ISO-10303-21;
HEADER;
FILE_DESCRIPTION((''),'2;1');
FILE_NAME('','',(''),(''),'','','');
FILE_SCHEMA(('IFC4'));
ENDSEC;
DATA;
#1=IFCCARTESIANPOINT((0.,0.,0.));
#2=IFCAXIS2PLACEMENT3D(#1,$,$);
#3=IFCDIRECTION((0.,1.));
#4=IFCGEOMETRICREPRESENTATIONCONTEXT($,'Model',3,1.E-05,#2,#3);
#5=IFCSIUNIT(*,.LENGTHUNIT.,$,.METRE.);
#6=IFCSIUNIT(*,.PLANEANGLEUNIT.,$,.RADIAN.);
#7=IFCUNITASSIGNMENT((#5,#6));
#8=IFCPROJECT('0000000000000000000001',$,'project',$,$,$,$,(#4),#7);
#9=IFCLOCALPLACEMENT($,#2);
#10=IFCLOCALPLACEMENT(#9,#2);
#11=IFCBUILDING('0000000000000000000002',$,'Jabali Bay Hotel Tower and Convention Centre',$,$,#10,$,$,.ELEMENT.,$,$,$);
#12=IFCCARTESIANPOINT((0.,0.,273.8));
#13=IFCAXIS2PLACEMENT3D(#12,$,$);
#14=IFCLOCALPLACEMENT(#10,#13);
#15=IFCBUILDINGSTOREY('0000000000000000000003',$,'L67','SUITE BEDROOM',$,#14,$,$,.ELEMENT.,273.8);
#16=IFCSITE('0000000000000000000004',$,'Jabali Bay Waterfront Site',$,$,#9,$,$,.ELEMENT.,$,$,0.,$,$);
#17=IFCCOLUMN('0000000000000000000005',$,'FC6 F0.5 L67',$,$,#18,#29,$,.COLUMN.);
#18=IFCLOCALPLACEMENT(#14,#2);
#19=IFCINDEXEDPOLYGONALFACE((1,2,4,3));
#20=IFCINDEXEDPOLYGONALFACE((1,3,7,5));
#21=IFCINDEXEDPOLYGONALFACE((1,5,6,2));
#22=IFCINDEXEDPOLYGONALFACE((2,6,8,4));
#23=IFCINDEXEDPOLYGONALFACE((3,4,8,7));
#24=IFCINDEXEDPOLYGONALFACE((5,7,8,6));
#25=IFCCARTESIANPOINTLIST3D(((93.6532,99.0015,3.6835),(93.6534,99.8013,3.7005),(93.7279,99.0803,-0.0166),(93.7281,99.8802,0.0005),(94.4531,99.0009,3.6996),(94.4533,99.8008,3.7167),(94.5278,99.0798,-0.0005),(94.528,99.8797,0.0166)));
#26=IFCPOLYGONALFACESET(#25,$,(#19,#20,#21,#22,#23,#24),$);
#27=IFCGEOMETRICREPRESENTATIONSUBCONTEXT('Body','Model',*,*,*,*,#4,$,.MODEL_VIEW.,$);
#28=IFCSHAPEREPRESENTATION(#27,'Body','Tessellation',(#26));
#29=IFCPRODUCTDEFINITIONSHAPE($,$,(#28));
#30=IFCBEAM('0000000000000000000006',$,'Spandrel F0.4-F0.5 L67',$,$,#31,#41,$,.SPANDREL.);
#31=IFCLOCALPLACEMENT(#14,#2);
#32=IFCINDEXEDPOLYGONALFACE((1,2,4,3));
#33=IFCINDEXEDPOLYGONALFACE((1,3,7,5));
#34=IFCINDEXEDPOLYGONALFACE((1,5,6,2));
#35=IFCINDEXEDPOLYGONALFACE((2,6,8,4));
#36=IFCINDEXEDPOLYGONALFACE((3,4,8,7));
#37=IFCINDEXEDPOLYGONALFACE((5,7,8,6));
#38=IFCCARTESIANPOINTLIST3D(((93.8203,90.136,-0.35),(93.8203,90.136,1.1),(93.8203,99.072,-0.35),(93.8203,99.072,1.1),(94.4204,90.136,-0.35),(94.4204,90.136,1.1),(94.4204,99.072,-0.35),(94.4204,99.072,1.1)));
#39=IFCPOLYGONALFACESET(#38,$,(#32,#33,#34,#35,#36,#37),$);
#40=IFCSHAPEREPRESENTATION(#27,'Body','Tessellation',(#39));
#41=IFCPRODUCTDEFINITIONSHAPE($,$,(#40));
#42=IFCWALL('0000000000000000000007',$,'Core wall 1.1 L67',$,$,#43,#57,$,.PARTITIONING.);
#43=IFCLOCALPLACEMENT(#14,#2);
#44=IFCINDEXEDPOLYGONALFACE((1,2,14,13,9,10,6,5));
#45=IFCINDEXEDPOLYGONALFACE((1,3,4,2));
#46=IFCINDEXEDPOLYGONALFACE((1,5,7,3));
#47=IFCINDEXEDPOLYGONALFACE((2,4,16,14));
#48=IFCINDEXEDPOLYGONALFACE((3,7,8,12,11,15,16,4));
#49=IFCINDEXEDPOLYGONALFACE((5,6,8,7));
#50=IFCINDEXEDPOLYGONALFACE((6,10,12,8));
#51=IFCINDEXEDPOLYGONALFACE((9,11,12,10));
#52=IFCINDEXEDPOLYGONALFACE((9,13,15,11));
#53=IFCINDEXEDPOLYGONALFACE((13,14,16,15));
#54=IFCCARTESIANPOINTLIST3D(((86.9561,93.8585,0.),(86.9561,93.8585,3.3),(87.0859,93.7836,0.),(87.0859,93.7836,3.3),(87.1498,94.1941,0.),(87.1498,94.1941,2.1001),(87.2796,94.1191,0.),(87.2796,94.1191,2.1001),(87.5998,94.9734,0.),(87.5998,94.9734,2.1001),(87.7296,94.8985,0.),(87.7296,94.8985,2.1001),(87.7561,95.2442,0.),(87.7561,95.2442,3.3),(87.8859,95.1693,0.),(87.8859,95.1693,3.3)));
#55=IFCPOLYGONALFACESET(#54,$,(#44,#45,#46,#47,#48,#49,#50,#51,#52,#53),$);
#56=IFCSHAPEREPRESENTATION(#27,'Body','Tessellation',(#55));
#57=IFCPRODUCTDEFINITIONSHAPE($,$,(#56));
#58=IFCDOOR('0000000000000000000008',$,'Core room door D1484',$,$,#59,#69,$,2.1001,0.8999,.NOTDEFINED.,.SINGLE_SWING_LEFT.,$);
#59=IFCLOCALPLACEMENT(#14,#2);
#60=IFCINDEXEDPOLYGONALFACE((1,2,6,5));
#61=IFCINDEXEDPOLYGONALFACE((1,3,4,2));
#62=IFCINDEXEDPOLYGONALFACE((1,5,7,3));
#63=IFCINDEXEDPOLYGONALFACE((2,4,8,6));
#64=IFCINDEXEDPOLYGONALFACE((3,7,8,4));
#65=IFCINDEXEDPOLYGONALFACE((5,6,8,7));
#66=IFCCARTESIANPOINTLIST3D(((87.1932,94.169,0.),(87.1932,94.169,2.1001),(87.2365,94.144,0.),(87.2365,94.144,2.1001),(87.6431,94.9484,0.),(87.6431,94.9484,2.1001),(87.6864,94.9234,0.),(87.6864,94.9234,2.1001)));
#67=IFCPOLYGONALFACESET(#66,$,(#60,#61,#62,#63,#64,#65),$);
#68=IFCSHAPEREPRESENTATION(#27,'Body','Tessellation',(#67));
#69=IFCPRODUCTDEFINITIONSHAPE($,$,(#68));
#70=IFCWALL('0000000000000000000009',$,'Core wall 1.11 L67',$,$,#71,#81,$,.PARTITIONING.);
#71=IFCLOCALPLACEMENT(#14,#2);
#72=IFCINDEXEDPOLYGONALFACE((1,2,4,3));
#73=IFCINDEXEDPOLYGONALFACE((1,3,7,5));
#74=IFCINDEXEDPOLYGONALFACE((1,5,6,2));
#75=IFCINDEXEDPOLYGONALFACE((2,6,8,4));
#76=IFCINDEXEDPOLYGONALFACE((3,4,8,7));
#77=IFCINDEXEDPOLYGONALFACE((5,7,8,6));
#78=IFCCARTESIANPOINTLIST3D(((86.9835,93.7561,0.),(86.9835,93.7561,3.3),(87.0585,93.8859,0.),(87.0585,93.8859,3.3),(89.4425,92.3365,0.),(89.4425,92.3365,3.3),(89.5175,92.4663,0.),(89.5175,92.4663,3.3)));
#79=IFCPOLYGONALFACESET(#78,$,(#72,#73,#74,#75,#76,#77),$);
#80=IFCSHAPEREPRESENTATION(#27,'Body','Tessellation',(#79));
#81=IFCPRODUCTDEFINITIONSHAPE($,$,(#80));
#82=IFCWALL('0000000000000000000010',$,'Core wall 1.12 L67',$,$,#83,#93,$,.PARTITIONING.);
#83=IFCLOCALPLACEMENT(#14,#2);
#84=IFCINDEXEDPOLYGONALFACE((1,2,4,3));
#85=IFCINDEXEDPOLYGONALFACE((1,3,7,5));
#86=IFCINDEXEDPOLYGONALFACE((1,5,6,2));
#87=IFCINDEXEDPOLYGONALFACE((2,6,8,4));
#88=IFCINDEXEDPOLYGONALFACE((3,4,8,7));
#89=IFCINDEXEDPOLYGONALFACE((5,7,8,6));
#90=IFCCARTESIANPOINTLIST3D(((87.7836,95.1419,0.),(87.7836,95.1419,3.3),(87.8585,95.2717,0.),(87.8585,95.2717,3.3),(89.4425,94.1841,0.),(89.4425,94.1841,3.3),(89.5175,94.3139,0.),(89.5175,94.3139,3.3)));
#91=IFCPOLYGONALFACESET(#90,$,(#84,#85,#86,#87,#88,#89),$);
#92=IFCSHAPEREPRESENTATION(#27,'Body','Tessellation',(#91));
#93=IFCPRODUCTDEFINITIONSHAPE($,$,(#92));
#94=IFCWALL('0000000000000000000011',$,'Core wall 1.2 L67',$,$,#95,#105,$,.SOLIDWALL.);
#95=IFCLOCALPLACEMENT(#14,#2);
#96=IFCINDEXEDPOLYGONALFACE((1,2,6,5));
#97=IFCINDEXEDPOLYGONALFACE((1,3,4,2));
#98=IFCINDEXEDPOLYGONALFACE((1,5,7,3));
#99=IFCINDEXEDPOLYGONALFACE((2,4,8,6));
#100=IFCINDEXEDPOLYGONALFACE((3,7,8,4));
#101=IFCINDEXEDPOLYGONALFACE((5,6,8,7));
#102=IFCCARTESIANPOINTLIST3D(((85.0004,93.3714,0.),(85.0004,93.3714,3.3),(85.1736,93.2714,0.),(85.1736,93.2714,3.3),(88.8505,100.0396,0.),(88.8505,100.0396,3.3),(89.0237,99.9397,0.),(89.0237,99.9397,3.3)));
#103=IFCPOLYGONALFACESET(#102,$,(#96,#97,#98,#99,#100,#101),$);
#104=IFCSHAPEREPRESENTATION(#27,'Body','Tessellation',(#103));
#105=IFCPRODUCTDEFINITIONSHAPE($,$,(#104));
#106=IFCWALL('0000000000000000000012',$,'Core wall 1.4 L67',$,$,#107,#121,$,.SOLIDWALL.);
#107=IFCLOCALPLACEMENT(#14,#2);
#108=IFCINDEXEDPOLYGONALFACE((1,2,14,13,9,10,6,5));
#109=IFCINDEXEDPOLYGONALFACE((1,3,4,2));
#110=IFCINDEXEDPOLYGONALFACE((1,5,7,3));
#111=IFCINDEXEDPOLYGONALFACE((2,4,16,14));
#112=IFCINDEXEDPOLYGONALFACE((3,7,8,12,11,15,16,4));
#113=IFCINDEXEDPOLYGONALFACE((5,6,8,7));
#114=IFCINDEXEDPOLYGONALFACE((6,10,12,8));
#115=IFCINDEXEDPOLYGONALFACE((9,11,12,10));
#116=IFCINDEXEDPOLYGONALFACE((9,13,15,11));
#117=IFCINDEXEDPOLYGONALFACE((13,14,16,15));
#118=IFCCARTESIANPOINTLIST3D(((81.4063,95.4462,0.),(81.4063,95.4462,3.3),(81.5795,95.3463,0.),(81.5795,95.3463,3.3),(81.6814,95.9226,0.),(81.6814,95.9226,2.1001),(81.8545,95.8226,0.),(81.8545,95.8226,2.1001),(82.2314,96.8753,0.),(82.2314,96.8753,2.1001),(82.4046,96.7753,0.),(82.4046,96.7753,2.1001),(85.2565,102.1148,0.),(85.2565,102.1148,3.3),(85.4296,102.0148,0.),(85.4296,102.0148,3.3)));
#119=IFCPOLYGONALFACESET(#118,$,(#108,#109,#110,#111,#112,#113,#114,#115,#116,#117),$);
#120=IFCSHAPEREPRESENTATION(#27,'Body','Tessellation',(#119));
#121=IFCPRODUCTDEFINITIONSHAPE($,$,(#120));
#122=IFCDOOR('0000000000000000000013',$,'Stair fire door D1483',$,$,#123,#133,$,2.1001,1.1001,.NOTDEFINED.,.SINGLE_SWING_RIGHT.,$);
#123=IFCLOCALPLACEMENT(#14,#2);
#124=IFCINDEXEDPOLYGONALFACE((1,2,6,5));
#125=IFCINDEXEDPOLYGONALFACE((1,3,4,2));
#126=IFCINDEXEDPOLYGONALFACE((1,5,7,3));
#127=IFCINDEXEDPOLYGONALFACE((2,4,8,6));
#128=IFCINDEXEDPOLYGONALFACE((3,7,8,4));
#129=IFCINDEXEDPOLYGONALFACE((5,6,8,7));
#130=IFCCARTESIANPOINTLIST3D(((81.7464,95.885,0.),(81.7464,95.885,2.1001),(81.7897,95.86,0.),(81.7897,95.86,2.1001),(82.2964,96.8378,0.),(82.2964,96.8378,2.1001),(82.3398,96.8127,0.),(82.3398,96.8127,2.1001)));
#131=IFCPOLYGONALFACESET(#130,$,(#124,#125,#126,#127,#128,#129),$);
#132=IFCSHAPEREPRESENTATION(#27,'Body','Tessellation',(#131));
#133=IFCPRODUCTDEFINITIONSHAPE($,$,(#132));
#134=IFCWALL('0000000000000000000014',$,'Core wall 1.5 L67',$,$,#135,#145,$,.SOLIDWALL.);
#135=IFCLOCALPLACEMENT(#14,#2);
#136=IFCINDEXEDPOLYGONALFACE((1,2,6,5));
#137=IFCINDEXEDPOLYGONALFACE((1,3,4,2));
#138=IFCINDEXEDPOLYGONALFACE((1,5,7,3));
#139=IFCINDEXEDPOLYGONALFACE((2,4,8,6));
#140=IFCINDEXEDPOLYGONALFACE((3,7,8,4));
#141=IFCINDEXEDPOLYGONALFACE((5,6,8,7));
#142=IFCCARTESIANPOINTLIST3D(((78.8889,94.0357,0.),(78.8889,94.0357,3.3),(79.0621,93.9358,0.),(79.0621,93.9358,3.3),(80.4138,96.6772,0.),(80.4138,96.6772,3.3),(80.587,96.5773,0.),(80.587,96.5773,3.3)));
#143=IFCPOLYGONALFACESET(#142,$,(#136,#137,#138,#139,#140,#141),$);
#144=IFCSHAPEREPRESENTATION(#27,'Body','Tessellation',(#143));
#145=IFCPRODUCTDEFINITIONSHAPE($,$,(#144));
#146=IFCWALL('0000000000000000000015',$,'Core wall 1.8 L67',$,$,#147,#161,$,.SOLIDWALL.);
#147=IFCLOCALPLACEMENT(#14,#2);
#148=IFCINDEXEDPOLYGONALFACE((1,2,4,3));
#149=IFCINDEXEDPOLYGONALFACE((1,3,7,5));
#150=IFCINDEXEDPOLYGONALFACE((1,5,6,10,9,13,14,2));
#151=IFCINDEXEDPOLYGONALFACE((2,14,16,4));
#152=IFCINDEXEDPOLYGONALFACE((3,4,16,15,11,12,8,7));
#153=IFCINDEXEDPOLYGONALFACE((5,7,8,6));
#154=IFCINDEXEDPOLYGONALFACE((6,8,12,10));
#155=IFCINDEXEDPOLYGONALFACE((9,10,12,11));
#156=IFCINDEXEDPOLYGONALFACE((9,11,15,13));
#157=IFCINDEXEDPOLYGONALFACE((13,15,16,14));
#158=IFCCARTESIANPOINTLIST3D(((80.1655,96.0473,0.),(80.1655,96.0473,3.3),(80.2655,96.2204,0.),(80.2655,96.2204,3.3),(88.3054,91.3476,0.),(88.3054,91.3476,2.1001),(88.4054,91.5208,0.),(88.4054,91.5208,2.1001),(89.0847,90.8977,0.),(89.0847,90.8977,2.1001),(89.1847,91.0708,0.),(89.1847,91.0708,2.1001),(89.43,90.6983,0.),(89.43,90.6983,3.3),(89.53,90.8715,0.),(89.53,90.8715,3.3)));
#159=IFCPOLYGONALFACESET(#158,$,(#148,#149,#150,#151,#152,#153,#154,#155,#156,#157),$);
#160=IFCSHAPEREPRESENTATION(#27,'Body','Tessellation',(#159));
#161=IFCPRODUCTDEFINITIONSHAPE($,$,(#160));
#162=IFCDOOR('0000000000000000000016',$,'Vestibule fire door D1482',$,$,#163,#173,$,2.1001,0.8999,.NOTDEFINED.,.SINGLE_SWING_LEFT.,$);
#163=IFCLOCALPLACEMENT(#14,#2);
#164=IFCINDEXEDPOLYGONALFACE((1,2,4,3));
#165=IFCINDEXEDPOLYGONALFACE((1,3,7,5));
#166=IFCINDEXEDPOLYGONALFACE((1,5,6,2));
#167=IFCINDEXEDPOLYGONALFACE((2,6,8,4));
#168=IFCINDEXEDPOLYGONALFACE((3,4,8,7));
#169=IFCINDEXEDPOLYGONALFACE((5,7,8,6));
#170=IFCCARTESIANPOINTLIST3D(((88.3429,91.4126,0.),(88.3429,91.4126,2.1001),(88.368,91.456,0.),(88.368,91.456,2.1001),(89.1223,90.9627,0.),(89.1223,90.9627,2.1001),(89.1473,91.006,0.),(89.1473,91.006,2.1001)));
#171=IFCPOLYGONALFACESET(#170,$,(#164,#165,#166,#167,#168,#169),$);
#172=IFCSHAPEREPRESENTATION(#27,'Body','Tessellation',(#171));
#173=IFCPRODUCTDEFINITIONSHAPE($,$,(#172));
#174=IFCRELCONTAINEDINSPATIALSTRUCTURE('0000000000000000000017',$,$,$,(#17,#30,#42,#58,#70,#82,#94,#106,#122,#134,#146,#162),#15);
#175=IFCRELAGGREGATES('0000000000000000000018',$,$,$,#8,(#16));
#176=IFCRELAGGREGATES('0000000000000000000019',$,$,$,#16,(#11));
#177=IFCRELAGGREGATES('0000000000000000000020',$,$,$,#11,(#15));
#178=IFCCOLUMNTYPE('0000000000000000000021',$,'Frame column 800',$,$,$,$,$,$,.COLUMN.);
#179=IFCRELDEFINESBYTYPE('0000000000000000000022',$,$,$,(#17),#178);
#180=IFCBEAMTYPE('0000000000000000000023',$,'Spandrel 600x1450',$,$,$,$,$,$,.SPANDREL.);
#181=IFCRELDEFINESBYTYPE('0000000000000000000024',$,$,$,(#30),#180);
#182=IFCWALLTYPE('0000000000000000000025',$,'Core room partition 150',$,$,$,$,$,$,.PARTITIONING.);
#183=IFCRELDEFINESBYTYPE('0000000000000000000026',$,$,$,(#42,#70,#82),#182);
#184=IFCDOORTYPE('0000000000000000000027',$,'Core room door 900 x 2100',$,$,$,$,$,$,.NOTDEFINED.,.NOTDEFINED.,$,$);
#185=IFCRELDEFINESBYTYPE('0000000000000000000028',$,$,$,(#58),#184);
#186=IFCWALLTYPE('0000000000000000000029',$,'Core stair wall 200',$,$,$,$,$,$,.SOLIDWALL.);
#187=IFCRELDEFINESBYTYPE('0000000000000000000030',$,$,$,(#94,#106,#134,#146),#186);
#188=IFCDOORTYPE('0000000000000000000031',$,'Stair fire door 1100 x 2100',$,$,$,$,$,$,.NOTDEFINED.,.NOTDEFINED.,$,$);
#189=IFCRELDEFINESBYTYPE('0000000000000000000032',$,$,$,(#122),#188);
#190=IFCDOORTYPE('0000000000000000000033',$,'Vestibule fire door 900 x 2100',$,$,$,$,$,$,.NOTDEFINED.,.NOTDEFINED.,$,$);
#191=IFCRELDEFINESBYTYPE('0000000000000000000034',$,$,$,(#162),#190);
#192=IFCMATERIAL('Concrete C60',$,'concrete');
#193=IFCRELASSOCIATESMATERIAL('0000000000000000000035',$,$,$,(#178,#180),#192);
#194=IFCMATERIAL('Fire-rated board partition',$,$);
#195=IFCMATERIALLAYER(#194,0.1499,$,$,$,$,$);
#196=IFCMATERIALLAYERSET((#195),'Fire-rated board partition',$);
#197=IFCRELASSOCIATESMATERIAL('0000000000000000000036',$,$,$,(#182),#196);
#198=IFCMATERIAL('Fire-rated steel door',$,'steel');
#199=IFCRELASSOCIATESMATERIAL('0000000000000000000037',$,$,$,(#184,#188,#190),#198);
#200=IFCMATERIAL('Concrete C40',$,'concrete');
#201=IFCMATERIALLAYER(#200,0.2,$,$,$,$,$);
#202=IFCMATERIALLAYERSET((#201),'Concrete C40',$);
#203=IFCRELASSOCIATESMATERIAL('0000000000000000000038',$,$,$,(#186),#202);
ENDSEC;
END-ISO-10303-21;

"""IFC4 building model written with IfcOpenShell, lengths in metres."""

from ifc_helpers import new_model, si_unit, direction, frame, frame_2d, origin, origin_2d, place, context, subcontext, project, spatial, rectangle, extrude, material, layer, layer_set, material_profile, profile_set, type_object, element, fill, save


model = new_model("IFC4")

# Units and contexts
model_context = context("Model", 3, precision=1e-05, world=origin(), true_north=direction((0.0, 1.0)))
body_context = subcontext(model_context, "Body", "Model", "MODEL_VIEW")
ifc_project = project(units=[si_unit("LENGTHUNIT", "METRE"), si_unit("PLANEANGLEUNIT", "RADIAN")], contexts=[model_context])

# Site, building, storey
site_placement = place(None, origin())
site = spatial("IfcSite", under=ifc_project, at=site_placement, Name="Jabali Bay Waterfront Site", CompositionType="ELEMENT", RefElevation=0.0)
building_placement = place(site_placement, origin())
building = spatial("IfcBuilding", under=site, at=building_placement, Name="Jabali Bay Hotel Tower and Convention Centre", CompositionType="ELEMENT")
storey_placement = place(building_placement, frame((0.0, 0.0, 273.8)))
storey = spatial("IfcBuildingStorey", under=building, at=storey_placement, Name="L67", Description="SUITE BEDROOM", CompositionType="ELEMENT", Elevation=273.8)

# Column
ifc_material_1 = material(Name="Concrete C60", Category="concrete")
ifc_material_profile_1 = material_profile(ifc_material_1, rectangle(XDim=0.8, YDim=0.8, at=origin_2d()), Name="Frame column 800")
ifc_profile_set_1 = profile_set([ifc_material_profile_1], Name="Concrete C60")
column_type = type_object("IfcColumnType", Name="Frame column 800", PredefinedType="COLUMN", material=ifc_profile_set_1)
column_placement = place(storey_placement, frame((94.1279, 99.48, 0.0), z_axis=(-0.020183, -0.021304, 0.999569), x_axis=(0.999796, -0.000658, 0.020173)))
element("IfcColumn", 1, at=column_placement, inside=storey, type_object=column_type, Name="FC6 F0.5 L67", PredefinedType="COLUMN", context=body_context, shape_type="SweptSolid", body=[
    extrude(rectangle(XDim=0.8, YDim=0.8, at=origin_2d()), origin(), (0.0, 0.0, 1.0), 3.7017),
])

# Beam
ifc_material_profile_2 = material_profile(ifc_material_1, rectangle(XDim=0.6001, YDim=1.45, at=origin_2d()), Name="Spandrel 600x1450")
ifc_profile_set_2 = profile_set([ifc_material_profile_2], Name="Concrete C60")
beam_type = type_object("IfcBeamType", Name="Spandrel 600x1450", PredefinedType="SPANDREL", material=ifc_profile_set_2)
beam_placement = place(storey_placement, frame((94.1204, 90.136, 0.375), z_axis=(0.0, 1.0, 0.0), x_axis=(-1.0, 0.0, 0.0)))
element("IfcBeam", 2, at=beam_placement, inside=storey, type_object=beam_type, Name="Spandrel F0.4-F0.5 L67", PredefinedType="SPANDREL", context=body_context, shape_type="SweptSolid", body=[
    extrude(rectangle(XDim=0.6001, YDim=1.45, at=origin_2d()), origin(), (0.0, 0.0, 1.0), 8.936),
])

# Wall, opening, door
ifc_material_2 = material(Name="Fire-rated board partition")
ifc_layer_1 = layer(ifc_material_2, 0.1499)
ifc_layer_set_1 = layer_set([ifc_layer_1], Name="Fire-rated board partition")
wall_type_1 = type_object("IfcWallType", Name="Core room partition 150", PredefinedType="PARTITIONING", material=ifc_layer_set_1)
wall_1_placement = place(storey_placement, frame((87.021, 93.821, 0.0), z_axis=(0.0, 0.0, 1.0), x_axis=(0.499995, 0.866028, 0.0)))
wall_1 = element("IfcWall", 3, at=wall_1_placement, inside=storey, type_object=wall_type_1, Name="Core wall 1.1 L67", PredefinedType="PARTITIONING", context=body_context, shape_type="SweptSolid", body=[
    extrude(rectangle(XDim=1.6001, YDim=0.1499, at=frame_2d((0.8, 0.0))), origin(), (0.0, 0.0, 1.0), 3.3),
])
opening_1_placement = place(wall_1_placement, frame((0.3875, 0.0, 0.0)))
opening_1 = element("IfcOpeningElement", 4, at=opening_1_placement, cuts=wall_1, PredefinedType="OPENING", context=body_context, shape_type="SweptSolid", body=[
    extrude(rectangle(XDim=0.8999, YDim=2.1001, at=frame_2d((0.45, 1.05))), frame((0.0, 0.0854, 0.0), z_axis=(0.0, -1.0, 0.0), x_axis=(1.0, 0.0, 0.0)), (0.0, 0.0, 1.0), 0.1709),
])
ifc_material_3 = material(Name="Fire-rated steel door", Category="steel")
door_type_1 = type_object("IfcDoorType", Name="Core room door 900 x 2100", OperationType="NOTDEFINED", PredefinedType="NOTDEFINED", material=ifc_material_3)
door_1_placement = place(opening_1_placement, origin())
door_1 = element("IfcDoor", 5, at=door_1_placement, inside=storey, type_object=door_type_1, Name="Core room door D1484", OperationType="SINGLE_SWING_LEFT", OverallHeight=2.1001, OverallWidth=0.8999, PredefinedType="NOTDEFINED", context=body_context, shape_type="SweptSolid", body=[
    extrude(rectangle(XDim=0.8999, YDim=2.1001, at=frame_2d((0.45, 1.05))), frame((0.0, 0.0249, 0.0), z_axis=(0.0, -1.0, 0.0), x_axis=(1.0, 0.0, 0.0)), (0.0, 0.0, 1.0), 0.05),
])
fill(opening_1, door_1)

# Walls
wall_2_placement = place(storey_placement, frame((89.48, 92.4014, 0.0), z_axis=(0.0, 0.0, 1.0), x_axis=(-0.866028, 0.499995, 0.0)))
element("IfcWall", 6, at=wall_2_placement, inside=storey, type_object=wall_type_1, Name="Core wall 1.11 L67", PredefinedType="PARTITIONING", context=body_context, shape_type="SweptSolid", body=[
    extrude(rectangle(XDim=2.8394, YDim=0.1499, at=frame_2d((1.4197, 0.0))), origin(), (0.0, 0.0, 1.0), 3.3),
])
wall_3_placement = place(storey_placement, frame((89.48, 94.249, 0.0), z_axis=(0.0, 0.0, 1.0), x_axis=(-0.866031, 0.499991, 0.0)))
element("IfcWall", 7, at=wall_3_placement, inside=storey, type_object=wall_type_1, Name="Core wall 1.12 L67", PredefinedType="PARTITIONING", context=body_context, shape_type="SweptSolid", body=[
    extrude(rectangle(XDim=1.9155, YDim=0.1499, at=frame_2d((0.9578, 0.0))), origin(), (0.0, 0.0, 1.0), 3.3),
])
ifc_material_4 = material(Name="Concrete C40", Category="concrete")
ifc_layer_2 = layer(ifc_material_4, 0.2)
ifc_layer_set_2 = layer_set([ifc_layer_2], Name="Concrete C40")
wall_type_2 = type_object("IfcWallType", Name="Core stair wall 200", PredefinedType="SOLIDWALL", material=ifc_layer_set_2)
wall_4_placement = place(storey_placement, frame((85.0869, 93.3213, 0.0), z_axis=(0.0, 0.0, 1.0), x_axis=(0.50002, 0.866014, 0.0)))
element("IfcWall", 8, at=wall_4_placement, inside=storey, type_object=wall_type_2, Name="Core wall 1.2 L67", PredefinedType="SOLIDWALL", context=body_context, shape_type="SweptSolid", body=[
    extrude(rectangle(XDim=7.7, YDim=0.2, at=frame_2d((3.8501, 0.0))), origin(), (0.0, 0.0, 1.0), 3.3),
])

# Wall, opening, door
wall_5_placement = place(storey_placement, frame((81.4929, 95.3962, 0.0), z_axis=(0.0, 0.0, 1.0), x_axis=(0.500006, 0.866022, 0.0)))
wall_5 = element("IfcWall", 9, at=wall_5_placement, inside=storey, type_object=wall_type_2, Name="Core wall 1.4 L67", PredefinedType="SOLIDWALL", context=body_context, shape_type="SweptSolid", body=[
    extrude(rectangle(XDim=7.7002, YDim=0.2, at=frame_2d((3.8501, 0.0))), origin(), (0.0, 0.0, 1.0), 3.3),
])
opening_2_placement = place(wall_5_placement, frame((0.55, 0.0, 0.0)))
opening_2 = element("IfcOpeningElement", 10, at=opening_2_placement, cuts=wall_5, PredefinedType="OPENING", context=body_context, shape_type="SweptSolid", body=[
    extrude(rectangle(XDim=1.1001, YDim=2.1001, at=frame_2d((0.55, 1.05))), frame((0.0, 0.1104, 0.0), z_axis=(0.0, -1.0, 0.0), x_axis=(1.0, 0.0, 0.0)), (0.0, 0.0, 1.0), 0.2209),
])
door_type_2 = type_object("IfcDoorType", Name="Stair fire door 1100 x 2100", OperationType="NOTDEFINED", PredefinedType="NOTDEFINED", material=ifc_material_3)
door_2_placement = place(opening_2_placement, origin())
door_2 = element("IfcDoor", 11, at=door_2_placement, inside=storey, type_object=door_type_2, Name="Stair fire door D1483", OperationType="SINGLE_SWING_RIGHT", OverallHeight=2.1001, OverallWidth=1.1001, PredefinedType="NOTDEFINED", context=body_context, shape_type="SweptSolid", body=[
    extrude(rectangle(XDim=1.1001, YDim=2.1001, at=frame_2d((0.55, 1.05))), frame((0.0, 0.0249, 0.0), z_axis=(0.0, -1.0, 0.0), x_axis=(1.0, 0.0, 0.0)), (0.0, 0.0, 1.0), 0.05),
])
fill(opening_2, door_2)

# Wall
wall_6_placement = place(storey_placement, frame((78.9756, 93.9858, 0.0), z_axis=(0.0, 0.0, 1.0), x_axis=(0.499944, 0.866058, 0.0)))
element("IfcWall", 12, at=wall_6_placement, inside=storey, type_object=wall_type_2, Name="Core wall 1.5 L67", PredefinedType="SOLIDWALL", context=body_context, shape_type="SweptSolid", body=[
    extrude(rectangle(XDim=3.05, YDim=0.2, at=frame_2d((1.5249, 0.0))), origin(), (0.0, 0.0, 1.0), 3.3),
])

# Wall, opening, door
wall_7_placement = place(storey_placement, frame((89.48, 90.7849, 0.0), z_axis=(0.0, 0.0, 1.0), x_axis=(-0.866023, 0.500005, 0.0)))
wall_7 = element("IfcWall", 13, at=wall_7_placement, inside=storey, type_object=wall_type_2, Name="Core wall 1.8 L67", PredefinedType="SOLIDWALL", context=body_context, shape_type="SweptSolid", body=[
    extrude(rectangle(XDim=10.6978, YDim=0.2, at=frame_2d((5.3489, 0.0))), origin(), (0.0, 0.0, 1.0), 3.3),
])
opening_3_placement = place(wall_7_placement, frame((0.3987, 0.0, 0.0)))
opening_3 = element("IfcOpeningElement", 14, at=opening_3_placement, cuts=wall_7, PredefinedType="OPENING", context=body_context, shape_type="SweptSolid", body=[
    extrude(rectangle(XDim=0.8999, YDim=2.1001, at=frame_2d((0.45, 1.05))), frame((0.0, 0.1104, 0.0), z_axis=(0.0, -1.0, 0.0), x_axis=(1.0, 0.0, 0.0)), (0.0, 0.0, 1.0), 0.2209),
])
door_type_3 = type_object("IfcDoorType", Name="Vestibule fire door 900 x 2100", OperationType="NOTDEFINED", PredefinedType="NOTDEFINED", material=ifc_material_3)
door_3_placement = place(opening_3_placement, origin())
door_3 = element("IfcDoor", 15, at=door_3_placement, inside=storey, type_object=door_type_3, Name="Vestibule fire door D1482", OperationType="SINGLE_SWING_LEFT", OverallHeight=2.1001, OverallWidth=0.8999, PredefinedType="NOTDEFINED", context=body_context, shape_type="SweptSolid", body=[
    extrude(rectangle(XDim=0.8999, YDim=2.1001, at=frame_2d((0.45, 1.05))), frame((0.0, 0.0249, 0.0), z_axis=(0.0, -1.0, 0.0), x_axis=(1.0, 0.0, 0.0)), (0.0, 0.0, 1.0), 0.05),
])
fill(opening_3, door_3)

save(model, "model.ifc")
